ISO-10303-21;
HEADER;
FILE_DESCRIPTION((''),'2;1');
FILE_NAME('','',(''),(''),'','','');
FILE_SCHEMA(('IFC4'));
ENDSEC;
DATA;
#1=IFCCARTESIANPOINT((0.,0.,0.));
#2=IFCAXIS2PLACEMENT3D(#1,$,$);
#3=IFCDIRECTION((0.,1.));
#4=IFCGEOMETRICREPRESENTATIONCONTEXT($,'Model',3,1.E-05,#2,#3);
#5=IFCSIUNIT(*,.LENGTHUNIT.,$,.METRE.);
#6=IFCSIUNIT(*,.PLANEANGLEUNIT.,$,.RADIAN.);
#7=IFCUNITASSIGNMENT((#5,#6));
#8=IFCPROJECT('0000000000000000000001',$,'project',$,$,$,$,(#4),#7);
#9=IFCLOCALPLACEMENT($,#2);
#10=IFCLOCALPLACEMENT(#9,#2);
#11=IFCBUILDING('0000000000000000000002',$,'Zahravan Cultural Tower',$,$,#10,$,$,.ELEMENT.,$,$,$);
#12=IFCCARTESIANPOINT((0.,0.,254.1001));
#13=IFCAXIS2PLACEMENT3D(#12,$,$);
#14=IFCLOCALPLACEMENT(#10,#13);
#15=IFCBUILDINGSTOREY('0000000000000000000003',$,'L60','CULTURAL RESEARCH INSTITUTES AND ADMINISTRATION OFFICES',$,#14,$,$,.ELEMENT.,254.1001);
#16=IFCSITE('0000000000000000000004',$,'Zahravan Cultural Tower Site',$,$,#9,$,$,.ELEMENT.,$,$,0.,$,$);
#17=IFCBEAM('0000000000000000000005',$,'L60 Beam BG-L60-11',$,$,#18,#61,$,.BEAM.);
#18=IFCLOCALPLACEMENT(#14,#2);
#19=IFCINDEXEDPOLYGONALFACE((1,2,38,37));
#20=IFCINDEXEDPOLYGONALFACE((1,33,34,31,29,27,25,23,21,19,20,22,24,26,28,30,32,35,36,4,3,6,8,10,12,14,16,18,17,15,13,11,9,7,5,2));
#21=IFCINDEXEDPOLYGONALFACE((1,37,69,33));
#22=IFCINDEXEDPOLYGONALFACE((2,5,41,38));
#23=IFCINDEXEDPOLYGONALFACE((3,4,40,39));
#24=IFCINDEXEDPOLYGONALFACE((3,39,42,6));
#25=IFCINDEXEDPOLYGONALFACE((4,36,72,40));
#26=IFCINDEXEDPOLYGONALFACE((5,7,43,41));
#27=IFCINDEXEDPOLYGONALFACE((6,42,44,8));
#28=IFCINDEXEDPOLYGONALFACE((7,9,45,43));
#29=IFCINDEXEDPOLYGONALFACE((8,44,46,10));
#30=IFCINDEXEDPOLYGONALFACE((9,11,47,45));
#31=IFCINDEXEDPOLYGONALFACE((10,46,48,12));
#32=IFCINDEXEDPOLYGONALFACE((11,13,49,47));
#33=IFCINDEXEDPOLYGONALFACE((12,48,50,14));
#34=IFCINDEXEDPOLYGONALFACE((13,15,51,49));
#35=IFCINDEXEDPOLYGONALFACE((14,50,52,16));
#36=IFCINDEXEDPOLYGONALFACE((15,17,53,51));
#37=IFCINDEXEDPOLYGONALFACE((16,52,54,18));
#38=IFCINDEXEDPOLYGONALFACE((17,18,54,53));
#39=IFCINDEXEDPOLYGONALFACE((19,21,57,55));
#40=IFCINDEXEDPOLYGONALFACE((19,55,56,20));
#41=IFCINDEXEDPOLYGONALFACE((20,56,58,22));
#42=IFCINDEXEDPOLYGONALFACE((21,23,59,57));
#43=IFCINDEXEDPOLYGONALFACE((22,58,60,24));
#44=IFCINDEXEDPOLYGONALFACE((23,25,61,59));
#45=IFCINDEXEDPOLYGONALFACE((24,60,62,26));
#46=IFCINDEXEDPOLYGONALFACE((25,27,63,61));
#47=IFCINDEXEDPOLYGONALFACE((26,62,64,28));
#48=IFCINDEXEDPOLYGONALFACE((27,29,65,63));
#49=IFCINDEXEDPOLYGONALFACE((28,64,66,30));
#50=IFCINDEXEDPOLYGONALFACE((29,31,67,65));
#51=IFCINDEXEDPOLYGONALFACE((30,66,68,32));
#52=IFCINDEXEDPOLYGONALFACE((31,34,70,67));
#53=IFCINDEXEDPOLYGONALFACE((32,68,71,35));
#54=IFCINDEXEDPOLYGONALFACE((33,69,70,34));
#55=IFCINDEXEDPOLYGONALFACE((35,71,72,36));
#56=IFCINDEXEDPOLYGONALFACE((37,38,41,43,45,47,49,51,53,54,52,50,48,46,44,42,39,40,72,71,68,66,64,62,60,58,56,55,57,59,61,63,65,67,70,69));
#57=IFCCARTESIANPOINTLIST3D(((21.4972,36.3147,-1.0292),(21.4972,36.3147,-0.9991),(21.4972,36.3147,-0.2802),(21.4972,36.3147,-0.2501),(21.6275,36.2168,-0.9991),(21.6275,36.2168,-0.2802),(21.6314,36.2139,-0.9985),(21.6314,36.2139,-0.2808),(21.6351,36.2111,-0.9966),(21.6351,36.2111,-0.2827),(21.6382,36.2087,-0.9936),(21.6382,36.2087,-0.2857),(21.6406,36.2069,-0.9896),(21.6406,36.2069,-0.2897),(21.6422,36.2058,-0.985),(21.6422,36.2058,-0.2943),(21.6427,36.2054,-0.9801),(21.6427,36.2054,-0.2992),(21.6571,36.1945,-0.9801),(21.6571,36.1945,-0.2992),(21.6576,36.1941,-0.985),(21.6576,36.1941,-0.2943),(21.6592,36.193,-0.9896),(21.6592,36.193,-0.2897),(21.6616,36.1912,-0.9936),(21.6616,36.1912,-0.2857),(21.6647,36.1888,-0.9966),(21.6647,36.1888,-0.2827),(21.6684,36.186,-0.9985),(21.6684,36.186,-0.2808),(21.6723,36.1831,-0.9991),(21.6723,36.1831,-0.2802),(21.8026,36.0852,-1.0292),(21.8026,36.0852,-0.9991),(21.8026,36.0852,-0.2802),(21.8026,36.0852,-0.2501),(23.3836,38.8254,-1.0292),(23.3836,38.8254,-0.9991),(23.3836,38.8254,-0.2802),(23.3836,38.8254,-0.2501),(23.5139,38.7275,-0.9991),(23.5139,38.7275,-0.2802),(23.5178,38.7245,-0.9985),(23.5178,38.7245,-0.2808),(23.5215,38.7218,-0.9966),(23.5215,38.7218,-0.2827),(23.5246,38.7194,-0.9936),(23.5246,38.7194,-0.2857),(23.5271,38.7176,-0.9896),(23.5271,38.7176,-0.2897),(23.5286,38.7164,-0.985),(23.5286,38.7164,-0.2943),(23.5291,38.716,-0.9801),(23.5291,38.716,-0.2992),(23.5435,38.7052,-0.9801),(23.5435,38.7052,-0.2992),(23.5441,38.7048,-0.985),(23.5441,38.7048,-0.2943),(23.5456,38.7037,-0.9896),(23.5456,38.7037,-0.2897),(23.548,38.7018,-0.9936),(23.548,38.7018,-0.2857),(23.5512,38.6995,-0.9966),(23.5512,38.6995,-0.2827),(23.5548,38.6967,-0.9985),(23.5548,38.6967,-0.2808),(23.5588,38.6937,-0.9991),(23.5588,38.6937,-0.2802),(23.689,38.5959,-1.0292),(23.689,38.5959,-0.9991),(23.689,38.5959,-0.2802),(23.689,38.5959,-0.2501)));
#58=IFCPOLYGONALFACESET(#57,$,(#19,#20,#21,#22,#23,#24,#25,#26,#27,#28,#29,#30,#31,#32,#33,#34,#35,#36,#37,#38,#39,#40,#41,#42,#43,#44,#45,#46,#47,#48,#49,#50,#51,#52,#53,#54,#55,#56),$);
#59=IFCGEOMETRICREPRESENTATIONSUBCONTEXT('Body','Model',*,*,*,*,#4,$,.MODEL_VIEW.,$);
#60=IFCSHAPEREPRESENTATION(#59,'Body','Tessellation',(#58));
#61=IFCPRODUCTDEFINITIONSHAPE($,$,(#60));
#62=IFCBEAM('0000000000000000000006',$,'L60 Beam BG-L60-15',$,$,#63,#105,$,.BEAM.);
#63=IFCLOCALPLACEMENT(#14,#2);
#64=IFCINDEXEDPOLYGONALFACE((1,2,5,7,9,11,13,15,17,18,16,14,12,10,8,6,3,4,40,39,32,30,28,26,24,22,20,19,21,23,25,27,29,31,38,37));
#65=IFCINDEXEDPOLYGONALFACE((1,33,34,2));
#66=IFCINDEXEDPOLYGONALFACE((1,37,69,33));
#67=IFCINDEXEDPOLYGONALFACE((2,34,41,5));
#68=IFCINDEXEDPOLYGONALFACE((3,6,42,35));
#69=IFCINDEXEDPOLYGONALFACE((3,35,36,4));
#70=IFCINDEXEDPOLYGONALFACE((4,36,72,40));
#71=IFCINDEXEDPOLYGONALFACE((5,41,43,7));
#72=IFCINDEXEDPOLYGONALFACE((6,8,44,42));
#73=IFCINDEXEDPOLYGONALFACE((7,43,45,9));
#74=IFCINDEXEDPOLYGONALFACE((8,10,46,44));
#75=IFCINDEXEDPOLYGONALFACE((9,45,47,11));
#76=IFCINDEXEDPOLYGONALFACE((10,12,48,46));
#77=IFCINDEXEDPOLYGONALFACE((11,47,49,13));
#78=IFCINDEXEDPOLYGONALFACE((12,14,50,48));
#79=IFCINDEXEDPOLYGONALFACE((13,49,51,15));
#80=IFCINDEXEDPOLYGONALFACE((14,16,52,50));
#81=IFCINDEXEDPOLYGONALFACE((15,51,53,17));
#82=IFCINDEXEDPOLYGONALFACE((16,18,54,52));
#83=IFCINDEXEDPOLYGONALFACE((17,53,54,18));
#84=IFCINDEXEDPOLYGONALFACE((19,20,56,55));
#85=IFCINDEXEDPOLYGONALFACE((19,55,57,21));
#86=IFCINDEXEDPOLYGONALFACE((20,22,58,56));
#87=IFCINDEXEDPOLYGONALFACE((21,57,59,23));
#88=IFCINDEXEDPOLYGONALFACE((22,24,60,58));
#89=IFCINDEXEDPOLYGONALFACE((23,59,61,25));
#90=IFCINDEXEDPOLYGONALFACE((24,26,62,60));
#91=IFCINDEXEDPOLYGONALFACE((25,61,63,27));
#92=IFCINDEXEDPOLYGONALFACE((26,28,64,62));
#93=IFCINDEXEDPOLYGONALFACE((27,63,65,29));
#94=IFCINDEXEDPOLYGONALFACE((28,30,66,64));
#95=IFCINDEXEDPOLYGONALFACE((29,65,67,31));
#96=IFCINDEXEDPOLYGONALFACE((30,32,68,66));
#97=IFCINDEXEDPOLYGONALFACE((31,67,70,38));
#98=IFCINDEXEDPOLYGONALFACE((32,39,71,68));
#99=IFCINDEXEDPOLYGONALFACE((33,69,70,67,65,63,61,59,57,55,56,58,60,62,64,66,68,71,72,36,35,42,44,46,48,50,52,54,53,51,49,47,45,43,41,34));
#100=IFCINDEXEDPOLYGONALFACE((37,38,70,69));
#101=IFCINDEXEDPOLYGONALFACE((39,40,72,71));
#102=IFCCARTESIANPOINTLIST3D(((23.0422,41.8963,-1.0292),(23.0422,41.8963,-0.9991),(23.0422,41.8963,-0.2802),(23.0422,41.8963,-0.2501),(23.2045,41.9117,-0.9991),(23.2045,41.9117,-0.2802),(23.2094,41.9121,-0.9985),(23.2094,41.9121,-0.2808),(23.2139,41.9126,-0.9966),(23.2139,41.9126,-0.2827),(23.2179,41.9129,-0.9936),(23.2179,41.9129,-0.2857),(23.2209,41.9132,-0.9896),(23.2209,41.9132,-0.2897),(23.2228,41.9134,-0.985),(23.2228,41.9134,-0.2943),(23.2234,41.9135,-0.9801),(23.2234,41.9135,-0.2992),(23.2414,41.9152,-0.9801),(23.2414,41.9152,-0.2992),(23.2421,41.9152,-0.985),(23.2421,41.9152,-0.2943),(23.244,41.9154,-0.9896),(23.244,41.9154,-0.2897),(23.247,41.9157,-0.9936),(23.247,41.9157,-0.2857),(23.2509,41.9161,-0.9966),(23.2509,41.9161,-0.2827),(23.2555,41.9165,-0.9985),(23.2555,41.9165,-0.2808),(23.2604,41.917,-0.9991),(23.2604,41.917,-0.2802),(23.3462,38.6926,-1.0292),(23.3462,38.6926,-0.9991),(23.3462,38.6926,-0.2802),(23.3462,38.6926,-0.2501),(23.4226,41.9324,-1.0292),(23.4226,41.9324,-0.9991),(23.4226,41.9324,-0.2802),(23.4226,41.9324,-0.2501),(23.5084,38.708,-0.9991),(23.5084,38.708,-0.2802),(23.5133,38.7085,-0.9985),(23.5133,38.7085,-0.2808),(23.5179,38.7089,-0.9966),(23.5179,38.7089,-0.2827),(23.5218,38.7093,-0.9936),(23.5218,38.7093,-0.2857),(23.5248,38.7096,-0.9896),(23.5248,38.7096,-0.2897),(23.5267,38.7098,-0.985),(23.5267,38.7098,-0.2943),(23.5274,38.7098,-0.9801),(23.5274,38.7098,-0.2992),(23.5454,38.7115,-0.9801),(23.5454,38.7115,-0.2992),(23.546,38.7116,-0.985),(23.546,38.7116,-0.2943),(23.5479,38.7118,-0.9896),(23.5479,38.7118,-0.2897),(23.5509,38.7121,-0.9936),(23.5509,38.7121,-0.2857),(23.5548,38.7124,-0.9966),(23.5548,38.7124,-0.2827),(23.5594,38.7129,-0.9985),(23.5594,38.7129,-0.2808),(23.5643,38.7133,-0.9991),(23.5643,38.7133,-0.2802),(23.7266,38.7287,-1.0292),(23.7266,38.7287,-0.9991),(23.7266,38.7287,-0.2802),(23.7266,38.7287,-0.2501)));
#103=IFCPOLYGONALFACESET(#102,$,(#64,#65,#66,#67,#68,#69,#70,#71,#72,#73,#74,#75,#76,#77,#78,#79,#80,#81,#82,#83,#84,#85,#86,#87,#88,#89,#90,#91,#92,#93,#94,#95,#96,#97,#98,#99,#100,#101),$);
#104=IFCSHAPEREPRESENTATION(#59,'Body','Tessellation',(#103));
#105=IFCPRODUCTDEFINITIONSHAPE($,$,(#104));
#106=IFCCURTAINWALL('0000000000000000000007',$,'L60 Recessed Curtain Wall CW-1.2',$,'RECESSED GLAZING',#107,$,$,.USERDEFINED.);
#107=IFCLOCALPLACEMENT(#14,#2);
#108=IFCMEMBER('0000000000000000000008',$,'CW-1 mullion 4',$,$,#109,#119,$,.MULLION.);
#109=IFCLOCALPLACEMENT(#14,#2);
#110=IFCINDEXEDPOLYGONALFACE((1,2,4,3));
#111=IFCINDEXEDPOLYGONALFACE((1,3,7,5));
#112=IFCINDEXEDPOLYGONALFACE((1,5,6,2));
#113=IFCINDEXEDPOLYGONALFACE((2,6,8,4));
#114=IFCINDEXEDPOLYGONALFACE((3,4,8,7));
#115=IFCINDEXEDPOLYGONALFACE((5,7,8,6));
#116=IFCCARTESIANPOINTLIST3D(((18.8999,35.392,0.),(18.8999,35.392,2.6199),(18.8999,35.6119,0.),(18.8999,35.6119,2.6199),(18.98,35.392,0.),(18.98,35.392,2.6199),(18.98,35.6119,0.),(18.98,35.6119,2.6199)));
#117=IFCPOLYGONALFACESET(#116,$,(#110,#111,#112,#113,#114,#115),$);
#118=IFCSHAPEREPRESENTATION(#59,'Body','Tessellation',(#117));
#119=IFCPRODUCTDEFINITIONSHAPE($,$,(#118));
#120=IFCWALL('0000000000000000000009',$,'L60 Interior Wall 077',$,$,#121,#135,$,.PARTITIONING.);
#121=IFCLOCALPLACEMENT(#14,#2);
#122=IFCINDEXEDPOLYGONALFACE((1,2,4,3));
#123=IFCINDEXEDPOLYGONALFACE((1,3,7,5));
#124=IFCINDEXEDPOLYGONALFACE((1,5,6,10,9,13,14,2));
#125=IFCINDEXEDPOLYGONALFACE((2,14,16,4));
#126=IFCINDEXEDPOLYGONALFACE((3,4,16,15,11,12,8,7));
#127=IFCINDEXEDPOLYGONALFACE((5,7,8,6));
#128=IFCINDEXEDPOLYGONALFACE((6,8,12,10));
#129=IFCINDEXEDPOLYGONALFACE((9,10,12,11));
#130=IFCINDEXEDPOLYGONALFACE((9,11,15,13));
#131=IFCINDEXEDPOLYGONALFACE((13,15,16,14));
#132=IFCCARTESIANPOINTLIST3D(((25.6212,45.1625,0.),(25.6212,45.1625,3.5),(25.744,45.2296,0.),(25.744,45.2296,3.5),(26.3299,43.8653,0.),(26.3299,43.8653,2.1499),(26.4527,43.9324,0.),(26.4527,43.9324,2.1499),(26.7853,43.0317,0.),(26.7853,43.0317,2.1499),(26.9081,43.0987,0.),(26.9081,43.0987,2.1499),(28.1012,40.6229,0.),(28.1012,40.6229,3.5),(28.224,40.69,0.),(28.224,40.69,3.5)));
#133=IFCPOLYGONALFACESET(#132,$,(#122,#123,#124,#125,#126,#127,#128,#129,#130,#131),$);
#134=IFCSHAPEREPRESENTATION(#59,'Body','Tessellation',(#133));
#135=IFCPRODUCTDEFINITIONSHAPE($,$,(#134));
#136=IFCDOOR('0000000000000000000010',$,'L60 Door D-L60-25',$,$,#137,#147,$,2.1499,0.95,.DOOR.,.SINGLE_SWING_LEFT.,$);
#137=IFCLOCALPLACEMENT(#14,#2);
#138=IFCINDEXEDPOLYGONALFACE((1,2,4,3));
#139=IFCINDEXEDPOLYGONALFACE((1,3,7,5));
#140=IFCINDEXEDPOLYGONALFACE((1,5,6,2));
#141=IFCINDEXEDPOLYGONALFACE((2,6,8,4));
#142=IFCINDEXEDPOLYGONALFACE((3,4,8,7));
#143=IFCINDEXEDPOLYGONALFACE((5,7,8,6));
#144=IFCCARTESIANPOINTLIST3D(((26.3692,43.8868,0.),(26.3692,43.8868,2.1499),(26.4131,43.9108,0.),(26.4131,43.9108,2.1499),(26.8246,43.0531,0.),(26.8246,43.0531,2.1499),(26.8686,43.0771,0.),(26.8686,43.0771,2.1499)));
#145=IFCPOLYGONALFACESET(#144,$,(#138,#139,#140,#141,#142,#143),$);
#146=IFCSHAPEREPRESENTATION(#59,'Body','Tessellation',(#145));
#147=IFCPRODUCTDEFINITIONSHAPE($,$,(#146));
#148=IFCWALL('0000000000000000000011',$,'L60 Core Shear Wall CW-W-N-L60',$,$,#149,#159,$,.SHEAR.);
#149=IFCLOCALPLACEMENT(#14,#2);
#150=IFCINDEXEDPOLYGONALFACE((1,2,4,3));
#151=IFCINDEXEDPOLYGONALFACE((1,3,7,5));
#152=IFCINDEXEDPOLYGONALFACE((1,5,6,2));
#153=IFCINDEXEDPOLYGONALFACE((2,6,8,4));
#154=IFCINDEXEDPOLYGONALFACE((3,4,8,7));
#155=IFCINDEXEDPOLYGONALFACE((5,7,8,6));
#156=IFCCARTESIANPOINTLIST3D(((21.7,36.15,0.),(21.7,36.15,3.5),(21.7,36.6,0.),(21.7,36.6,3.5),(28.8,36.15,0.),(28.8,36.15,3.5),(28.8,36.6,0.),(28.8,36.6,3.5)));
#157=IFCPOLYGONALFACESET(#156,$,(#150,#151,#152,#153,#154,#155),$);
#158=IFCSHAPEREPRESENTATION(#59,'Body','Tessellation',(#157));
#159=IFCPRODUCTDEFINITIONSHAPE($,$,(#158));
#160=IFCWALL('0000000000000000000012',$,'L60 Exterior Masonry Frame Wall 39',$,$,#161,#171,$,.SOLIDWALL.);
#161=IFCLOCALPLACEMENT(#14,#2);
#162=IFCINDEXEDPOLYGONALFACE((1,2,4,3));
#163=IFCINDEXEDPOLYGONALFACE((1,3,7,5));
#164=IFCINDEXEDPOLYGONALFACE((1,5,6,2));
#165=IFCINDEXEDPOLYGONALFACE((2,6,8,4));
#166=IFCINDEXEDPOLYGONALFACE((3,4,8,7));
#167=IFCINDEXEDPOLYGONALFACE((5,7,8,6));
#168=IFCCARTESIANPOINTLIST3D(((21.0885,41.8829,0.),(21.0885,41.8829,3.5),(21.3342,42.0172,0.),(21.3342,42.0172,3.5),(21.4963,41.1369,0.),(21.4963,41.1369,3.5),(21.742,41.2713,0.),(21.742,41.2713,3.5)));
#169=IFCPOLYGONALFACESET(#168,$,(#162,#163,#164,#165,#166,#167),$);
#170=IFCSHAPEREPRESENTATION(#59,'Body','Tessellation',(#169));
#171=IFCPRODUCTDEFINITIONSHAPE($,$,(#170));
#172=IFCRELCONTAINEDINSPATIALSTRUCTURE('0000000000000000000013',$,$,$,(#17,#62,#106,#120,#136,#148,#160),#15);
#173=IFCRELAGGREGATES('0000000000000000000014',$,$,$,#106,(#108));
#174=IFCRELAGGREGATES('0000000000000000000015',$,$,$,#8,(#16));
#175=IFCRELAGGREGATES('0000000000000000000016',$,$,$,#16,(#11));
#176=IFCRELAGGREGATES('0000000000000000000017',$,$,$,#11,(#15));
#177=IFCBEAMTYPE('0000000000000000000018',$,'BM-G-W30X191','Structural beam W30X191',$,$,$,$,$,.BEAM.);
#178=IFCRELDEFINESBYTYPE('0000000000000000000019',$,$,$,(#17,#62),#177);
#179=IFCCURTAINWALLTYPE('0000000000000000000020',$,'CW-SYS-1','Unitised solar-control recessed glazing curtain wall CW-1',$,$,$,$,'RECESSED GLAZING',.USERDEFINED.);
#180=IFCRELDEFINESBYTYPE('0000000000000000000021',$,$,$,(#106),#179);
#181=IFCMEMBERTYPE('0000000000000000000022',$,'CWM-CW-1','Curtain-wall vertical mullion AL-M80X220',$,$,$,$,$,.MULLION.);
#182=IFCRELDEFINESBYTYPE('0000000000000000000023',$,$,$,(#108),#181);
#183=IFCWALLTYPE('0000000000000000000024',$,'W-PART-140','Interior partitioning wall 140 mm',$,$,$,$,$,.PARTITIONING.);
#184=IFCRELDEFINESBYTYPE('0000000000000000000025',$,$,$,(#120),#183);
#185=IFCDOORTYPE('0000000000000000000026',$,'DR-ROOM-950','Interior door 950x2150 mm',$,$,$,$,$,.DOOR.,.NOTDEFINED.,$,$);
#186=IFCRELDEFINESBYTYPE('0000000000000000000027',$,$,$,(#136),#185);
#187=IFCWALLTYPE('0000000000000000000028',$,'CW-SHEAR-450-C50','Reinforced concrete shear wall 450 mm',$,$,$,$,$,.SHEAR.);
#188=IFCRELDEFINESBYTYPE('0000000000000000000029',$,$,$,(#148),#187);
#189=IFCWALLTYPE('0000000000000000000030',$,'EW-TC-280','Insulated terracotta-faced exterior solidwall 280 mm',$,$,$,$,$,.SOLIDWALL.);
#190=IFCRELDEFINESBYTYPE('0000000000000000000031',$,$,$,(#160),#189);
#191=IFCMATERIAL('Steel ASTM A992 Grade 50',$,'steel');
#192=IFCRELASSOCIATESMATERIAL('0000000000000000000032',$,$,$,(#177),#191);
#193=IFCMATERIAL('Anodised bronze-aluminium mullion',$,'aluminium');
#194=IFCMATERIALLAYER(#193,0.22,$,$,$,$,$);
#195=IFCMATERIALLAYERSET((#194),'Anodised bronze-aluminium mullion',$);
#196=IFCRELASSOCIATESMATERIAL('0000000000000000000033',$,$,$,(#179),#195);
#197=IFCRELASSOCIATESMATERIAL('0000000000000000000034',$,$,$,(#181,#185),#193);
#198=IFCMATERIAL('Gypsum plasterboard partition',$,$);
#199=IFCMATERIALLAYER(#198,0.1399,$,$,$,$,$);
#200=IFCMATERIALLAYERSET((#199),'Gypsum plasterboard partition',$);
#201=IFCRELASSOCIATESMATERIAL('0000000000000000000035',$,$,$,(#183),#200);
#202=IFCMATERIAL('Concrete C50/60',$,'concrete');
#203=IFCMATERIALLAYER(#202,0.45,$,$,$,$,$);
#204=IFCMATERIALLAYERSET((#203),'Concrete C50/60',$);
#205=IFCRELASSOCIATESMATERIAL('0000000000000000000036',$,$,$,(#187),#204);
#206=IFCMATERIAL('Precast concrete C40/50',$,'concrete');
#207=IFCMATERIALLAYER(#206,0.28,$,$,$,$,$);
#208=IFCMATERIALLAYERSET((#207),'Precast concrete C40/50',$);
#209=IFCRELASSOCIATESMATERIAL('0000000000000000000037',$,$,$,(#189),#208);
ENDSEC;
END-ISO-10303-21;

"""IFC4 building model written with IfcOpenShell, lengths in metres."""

from ifc_helpers import new_model, si_unit, direction, frame, frame_2d, origin, origin_2d, place, context, subcontext, project, spatial, rectangle, i_section, extrude, source, transform, mapped, material, layer, layer_set, material_profile, profile_set, type_object, element, fill, aggregate, save


model = new_model("IFC4")

# Units and contexts
model_context = context("Model", 3, precision=1e-05, world=origin(), true_north=direction((0.0, 1.0)))
body_context = subcontext(model_context, "Body", "Model", "MODEL_VIEW")
ifc_project = project(units=[si_unit("LENGTHUNIT", "METRE"), si_unit("PLANEANGLEUNIT", "RADIAN")], contexts=[model_context])

# Site, building, storey
site_placement = place(None, origin())
site = spatial("IfcSite", under=ifc_project, at=site_placement, Name="Zahravan Cultural Tower Site", CompositionType="ELEMENT", RefElevation=0.0)
building_placement = place(site_placement, origin())
building = spatial("IfcBuilding", under=site, at=building_placement, Name="Zahravan Cultural Tower", CompositionType="ELEMENT")
storey_placement = place(building_placement, frame((0.0, 0.0, 254.1001)))
storey = spatial("IfcBuildingStorey", under=building, at=storey_placement, Name="L60", Description="CULTURAL RESEARCH INSTITUTES AND ADMINISTRATION OFFICES", CompositionType="ELEMENT", Elevation=254.1001)

# Shared definitions
ifc_material_1 = material(Name="Concrete C50/60", Category="concrete")
ifc_material_2 = material(Name="Steel ASTM A992 Grade 50", Category="steel")

# Beams
ifc_material_profile_1 = material_profile(ifc_material_2, i_section(OverallWidth=0.3821, OverallDepth=0.7791, WebThickness=0.0181, FlangeThickness=0.03, FilletRadius=0.019, at=origin_2d()), Name="W30X191")
ifc_profile_set_1 = profile_set([ifc_material_profile_1], Name="Steel ASTM A992 Grade 50")
beam_type_1 = type_object("IfcBeamType", Name="BM-G-W30X191", Description="Structural beam W30X191", PredefinedType="BEAM", material=ifc_profile_set_1)
shared_shape_1 = source(origin(), body_context, "Body", "SweptSolid", [
    extrude(i_section(OverallWidth=0.3821, OverallDepth=0.7791, WebThickness=0.0181, FlangeThickness=0.03, FilletRadius=0.019, at=origin_2d()), origin(), (0.0, 0.0, 1.0), 3.1404),
])
beam_1_placement = place(storey_placement, frame((21.6499, 36.2, -0.6396), z_axis=(0.600696, 0.799477, 0.0), x_axis=(-0.799477, 0.600696, 0.0)))
element("IfcBeam", 1, at=beam_1_placement, inside=storey, type_object=beam_type_1, Name="L60 Beam BG-L60-11", PredefinedType="BEAM", context=body_context, shape_type="MappedRepresentation", body=[
    mapped(shared_shape_1, transform((0.0, 0.0, 0.0), x_axis=(1.0, 0.0, 0.0), y_axis=(0.0, 1.0, 0.0), z_axis=(0.0, 0.0, 1.0), scale=1.0)),
])
shared_shape_2 = source(origin(), body_context, "Body", "SweptSolid", [
    extrude(i_section(OverallWidth=0.3821, OverallDepth=0.7791, WebThickness=0.0181, FlangeThickness=0.03, FilletRadius=0.019, at=origin_2d()), origin(), (0.0, 0.0, 1.0), 3.218),
])
beam_2_placement = place(storey_placement, frame((23.5364, 38.7107, -0.6396), z_axis=(-0.094455, 0.995529, 0.0), x_axis=(-0.995529, -0.094455, 0.0)))
element("IfcBeam", 2, at=beam_2_placement, inside=storey, type_object=beam_type_1, Name="L60 Beam BG-L60-15", PredefinedType="BEAM", context=body_context, shape_type="MappedRepresentation", body=[
    mapped(shared_shape_2, transform((0.0, 0.0, 0.0), x_axis=(1.0, 0.0, 0.0), y_axis=(0.0, 1.0, 0.0), z_axis=(0.0, 0.0, 1.0), scale=1.0)),
])

# Curtain wall, member
ifc_material_3 = material(Name="Anodised bronze-aluminium mullion", Category="aluminium")
ifc_layer_1 = layer(ifc_material_3, 0.22)
ifc_layer_set_1 = layer_set([ifc_layer_1], Name="Anodised bronze-aluminium mullion")
curtain_wall_type = type_object("IfcCurtainWallType", Name="CW-SYS-1", Description="Unitised solar-control recessed glazing curtain wall CW-1", ElementType="RECESSED GLAZING", PredefinedType="USERDEFINED", material=ifc_layer_set_1)
curtain_wall_placement = place(storey_placement, origin())
curtain_wall = element("IfcCurtainWall", 3, at=curtain_wall_placement, inside=storey, type_object=curtain_wall_type, Name="L60 Recessed Curtain Wall CW-1.2", ObjectType="RECESSED GLAZING", PredefinedType="USERDEFINED")
ifc_material_profile_2 = material_profile(ifc_material_3, rectangle(XDim=0.0801, YDim=0.22, at=origin_2d()), Name="AL-M80X220")
ifc_profile_set_2 = profile_set([ifc_material_profile_2], Name="Anodised bronze-aluminium mullion")
member_type = type_object("IfcMemberType", Name="CWM-CW-1", Description="Curtain-wall vertical mullion AL-M80X220", PredefinedType="MULLION", material=ifc_profile_set_2)
shared_shape_3 = source(origin(), body_context, "Body", "SweptSolid", [
    extrude(rectangle(XDim=0.0801, YDim=0.22, at=origin_2d()), origin(), (0.0, 0.0, 1.0), 2.6199),
])
member_placement = place(storey_placement, frame((18.9399, 35.502, 0.0), z_axis=(0.0, 0.0, 1.0), x_axis=(-1.0, 0.0, 0.0)))
member = element("IfcMember", 4, at=member_placement, type_object=member_type, Name="CW-1 mullion 4", PredefinedType="MULLION", context=body_context, shape_type="MappedRepresentation", body=[
    mapped(shared_shape_3, transform((0.0, 0.0, 0.0), x_axis=(1.0, 0.0, 0.0), y_axis=(0.0, 1.0, 0.0), z_axis=(0.0, 0.0, 1.0), scale=1.0)),
])
aggregate(curtain_wall, [member])

# Wall, opening, door
ifc_material_4 = material(Name="Gypsum plasterboard partition")
ifc_layer_2 = layer(ifc_material_4, 0.1399)
ifc_layer_set_2 = layer_set([ifc_layer_2], Name="Gypsum plasterboard partition")
wall_type_1 = type_object("IfcWallType", Name="W-PART-140", Description="Interior partitioning wall 140 mm", PredefinedType="PARTITIONING", material=ifc_layer_set_2)
wall_1_placement = place(storey_placement, frame((25.6826, 45.196, 0.0), z_axis=(0.0, 0.0, 1.0), x_axis=(0.479427, -0.877582, 0.0)))
wall_1 = element("IfcWall", 5, at=wall_1_placement, inside=storey, type_object=wall_type_1, Name="L60 Interior Wall 077", PredefinedType="PARTITIONING", context=body_context, shape_type="SweptSolid", body=[
    extrude(rectangle(XDim=5.1729, YDim=0.1399, at=frame_2d((2.5864, 0.0))), origin(), (0.0, 0.0, 1.0), 3.5),
])
opening_placement = place(wall_1_placement, frame((1.478, 0.0, 0.0)))
opening = element("IfcOpeningElement", 6, at=opening_placement, cuts=wall_1, PredefinedType="OPENING", context=body_context, shape_type="SweptSolid", body=[
    extrude(rectangle(XDim=0.95, YDim=2.1499, at=frame_2d((0.4751, 1.075))), frame((0.0, 0.0798, 0.0), z_axis=(0.0, -1.0, 0.0), x_axis=(1.0, 0.0, 0.0)), (0.0, 0.0, 1.0), 0.1599),
])
door_type = type_object("IfcDoorType", Name="DR-ROOM-950", Description="Interior door 950x2150 mm", OperationType="NOTDEFINED", PredefinedType="DOOR", material=ifc_material_3)
shared_shape_4 = source(origin(), body_context, "Body", "SweptSolid", [
    extrude(rectangle(XDim=0.95, YDim=2.1499, at=frame_2d((0.4751, 1.075))), frame((0.0, 0.0249, 0.0), z_axis=(0.0, -1.0, 0.0), x_axis=(1.0, 0.0, 0.0)), (0.0, 0.0, 1.0), 0.05),
])
door_placement = place(opening_placement, origin())
door = element("IfcDoor", 7, at=door_placement, inside=storey, type_object=door_type, Name="L60 Door D-L60-25", OperationType="SINGLE_SWING_LEFT", OverallHeight=2.1499, OverallWidth=0.95, PredefinedType="DOOR", context=body_context, shape_type="MappedRepresentation", body=[
    mapped(shared_shape_4, transform((0.0, 0.0, 0.0), x_axis=(1.0, 0.0, 0.0), y_axis=(0.0, 1.0, 0.0), z_axis=(0.0, 0.0, 1.0), scale=1.0)),
])
fill(opening, door)

# Walls
ifc_layer_3 = layer(ifc_material_1, 0.45)
ifc_layer_set_3 = layer_set([ifc_layer_3], Name="Concrete C50/60")
wall_type_2 = type_object("IfcWallType", Name="CW-SHEAR-450-C50", Description="Reinforced concrete shear wall 450 mm", PredefinedType="SHEAR", material=ifc_layer_set_3)
shared_shape_5 = source(origin(), body_context, "Body", "SweptSolid", [
    extrude(rectangle(XDim=7.1001, YDim=0.45, at=frame_2d((3.55, 0.0))), origin(), (0.0, 0.0, 1.0), 3.5),
])
wall_2_placement = place(storey_placement, frame((21.7, 36.375, 0.0), z_axis=(0.0, 0.0, 1.0), x_axis=(1.0, 0.0, 0.0)))
element("IfcWall", 8, at=wall_2_placement, inside=storey, type_object=wall_type_2, Name="L60 Core Shear Wall CW-W-N-L60", PredefinedType="SHEAR", context=body_context, shape_type="MappedRepresentation", body=[
    mapped(shared_shape_5, transform((0.0, 0.0, 0.0), x_axis=(1.0, 0.0, 0.0), y_axis=(0.0, 1.0, 0.0), z_axis=(0.0, 0.0, 1.0), scale=1.0)),
])
ifc_material_5 = material(Name="Precast concrete C40/50", Category="concrete")
ifc_layer_4 = layer(ifc_material_5, 0.28)
ifc_layer_set_4 = layer_set([ifc_layer_4], Name="Precast concrete C40/50")
wall_type_3 = type_object("IfcWallType", Name="EW-TC-280", Description="Insulated terracotta-faced exterior solidwall 280 mm", PredefinedType="SOLIDWALL", material=ifc_layer_set_4)
shared_shape_6 = source(origin(), body_context, "Body", "SweptSolid", [
    extrude(rectangle(XDim=0.8501, YDim=0.28, at=frame_2d((0.425, 0.0))), origin(), (0.0, 0.0, 1.0), 3.5),
])
for number, where, z_axis, x_axis, name in (
    (9, (21.6191, 41.2041, 0.0), (0.0, 0.0, 1.0), (-0.479657, 0.877456, 0.0), "L60 Exterior Masonry Frame Wall 39"),
):
    element("IfcWall", number, at=place(storey_placement, frame(where, z_axis=z_axis, x_axis=x_axis)), inside=storey, type_object=wall_type_3, Name=name, PredefinedType="SOLIDWALL", context=body_context, shape_type="MappedRepresentation", body=[
        mapped(shared_shape_6, transform((0.0, 0.0, 0.0), x_axis=(1.0, 0.0, 0.0), y_axis=(0.0, 1.0, 0.0), z_axis=(0.0, 0.0, 1.0), scale=1.0)),
    ])

save(model, "model.ifc")
